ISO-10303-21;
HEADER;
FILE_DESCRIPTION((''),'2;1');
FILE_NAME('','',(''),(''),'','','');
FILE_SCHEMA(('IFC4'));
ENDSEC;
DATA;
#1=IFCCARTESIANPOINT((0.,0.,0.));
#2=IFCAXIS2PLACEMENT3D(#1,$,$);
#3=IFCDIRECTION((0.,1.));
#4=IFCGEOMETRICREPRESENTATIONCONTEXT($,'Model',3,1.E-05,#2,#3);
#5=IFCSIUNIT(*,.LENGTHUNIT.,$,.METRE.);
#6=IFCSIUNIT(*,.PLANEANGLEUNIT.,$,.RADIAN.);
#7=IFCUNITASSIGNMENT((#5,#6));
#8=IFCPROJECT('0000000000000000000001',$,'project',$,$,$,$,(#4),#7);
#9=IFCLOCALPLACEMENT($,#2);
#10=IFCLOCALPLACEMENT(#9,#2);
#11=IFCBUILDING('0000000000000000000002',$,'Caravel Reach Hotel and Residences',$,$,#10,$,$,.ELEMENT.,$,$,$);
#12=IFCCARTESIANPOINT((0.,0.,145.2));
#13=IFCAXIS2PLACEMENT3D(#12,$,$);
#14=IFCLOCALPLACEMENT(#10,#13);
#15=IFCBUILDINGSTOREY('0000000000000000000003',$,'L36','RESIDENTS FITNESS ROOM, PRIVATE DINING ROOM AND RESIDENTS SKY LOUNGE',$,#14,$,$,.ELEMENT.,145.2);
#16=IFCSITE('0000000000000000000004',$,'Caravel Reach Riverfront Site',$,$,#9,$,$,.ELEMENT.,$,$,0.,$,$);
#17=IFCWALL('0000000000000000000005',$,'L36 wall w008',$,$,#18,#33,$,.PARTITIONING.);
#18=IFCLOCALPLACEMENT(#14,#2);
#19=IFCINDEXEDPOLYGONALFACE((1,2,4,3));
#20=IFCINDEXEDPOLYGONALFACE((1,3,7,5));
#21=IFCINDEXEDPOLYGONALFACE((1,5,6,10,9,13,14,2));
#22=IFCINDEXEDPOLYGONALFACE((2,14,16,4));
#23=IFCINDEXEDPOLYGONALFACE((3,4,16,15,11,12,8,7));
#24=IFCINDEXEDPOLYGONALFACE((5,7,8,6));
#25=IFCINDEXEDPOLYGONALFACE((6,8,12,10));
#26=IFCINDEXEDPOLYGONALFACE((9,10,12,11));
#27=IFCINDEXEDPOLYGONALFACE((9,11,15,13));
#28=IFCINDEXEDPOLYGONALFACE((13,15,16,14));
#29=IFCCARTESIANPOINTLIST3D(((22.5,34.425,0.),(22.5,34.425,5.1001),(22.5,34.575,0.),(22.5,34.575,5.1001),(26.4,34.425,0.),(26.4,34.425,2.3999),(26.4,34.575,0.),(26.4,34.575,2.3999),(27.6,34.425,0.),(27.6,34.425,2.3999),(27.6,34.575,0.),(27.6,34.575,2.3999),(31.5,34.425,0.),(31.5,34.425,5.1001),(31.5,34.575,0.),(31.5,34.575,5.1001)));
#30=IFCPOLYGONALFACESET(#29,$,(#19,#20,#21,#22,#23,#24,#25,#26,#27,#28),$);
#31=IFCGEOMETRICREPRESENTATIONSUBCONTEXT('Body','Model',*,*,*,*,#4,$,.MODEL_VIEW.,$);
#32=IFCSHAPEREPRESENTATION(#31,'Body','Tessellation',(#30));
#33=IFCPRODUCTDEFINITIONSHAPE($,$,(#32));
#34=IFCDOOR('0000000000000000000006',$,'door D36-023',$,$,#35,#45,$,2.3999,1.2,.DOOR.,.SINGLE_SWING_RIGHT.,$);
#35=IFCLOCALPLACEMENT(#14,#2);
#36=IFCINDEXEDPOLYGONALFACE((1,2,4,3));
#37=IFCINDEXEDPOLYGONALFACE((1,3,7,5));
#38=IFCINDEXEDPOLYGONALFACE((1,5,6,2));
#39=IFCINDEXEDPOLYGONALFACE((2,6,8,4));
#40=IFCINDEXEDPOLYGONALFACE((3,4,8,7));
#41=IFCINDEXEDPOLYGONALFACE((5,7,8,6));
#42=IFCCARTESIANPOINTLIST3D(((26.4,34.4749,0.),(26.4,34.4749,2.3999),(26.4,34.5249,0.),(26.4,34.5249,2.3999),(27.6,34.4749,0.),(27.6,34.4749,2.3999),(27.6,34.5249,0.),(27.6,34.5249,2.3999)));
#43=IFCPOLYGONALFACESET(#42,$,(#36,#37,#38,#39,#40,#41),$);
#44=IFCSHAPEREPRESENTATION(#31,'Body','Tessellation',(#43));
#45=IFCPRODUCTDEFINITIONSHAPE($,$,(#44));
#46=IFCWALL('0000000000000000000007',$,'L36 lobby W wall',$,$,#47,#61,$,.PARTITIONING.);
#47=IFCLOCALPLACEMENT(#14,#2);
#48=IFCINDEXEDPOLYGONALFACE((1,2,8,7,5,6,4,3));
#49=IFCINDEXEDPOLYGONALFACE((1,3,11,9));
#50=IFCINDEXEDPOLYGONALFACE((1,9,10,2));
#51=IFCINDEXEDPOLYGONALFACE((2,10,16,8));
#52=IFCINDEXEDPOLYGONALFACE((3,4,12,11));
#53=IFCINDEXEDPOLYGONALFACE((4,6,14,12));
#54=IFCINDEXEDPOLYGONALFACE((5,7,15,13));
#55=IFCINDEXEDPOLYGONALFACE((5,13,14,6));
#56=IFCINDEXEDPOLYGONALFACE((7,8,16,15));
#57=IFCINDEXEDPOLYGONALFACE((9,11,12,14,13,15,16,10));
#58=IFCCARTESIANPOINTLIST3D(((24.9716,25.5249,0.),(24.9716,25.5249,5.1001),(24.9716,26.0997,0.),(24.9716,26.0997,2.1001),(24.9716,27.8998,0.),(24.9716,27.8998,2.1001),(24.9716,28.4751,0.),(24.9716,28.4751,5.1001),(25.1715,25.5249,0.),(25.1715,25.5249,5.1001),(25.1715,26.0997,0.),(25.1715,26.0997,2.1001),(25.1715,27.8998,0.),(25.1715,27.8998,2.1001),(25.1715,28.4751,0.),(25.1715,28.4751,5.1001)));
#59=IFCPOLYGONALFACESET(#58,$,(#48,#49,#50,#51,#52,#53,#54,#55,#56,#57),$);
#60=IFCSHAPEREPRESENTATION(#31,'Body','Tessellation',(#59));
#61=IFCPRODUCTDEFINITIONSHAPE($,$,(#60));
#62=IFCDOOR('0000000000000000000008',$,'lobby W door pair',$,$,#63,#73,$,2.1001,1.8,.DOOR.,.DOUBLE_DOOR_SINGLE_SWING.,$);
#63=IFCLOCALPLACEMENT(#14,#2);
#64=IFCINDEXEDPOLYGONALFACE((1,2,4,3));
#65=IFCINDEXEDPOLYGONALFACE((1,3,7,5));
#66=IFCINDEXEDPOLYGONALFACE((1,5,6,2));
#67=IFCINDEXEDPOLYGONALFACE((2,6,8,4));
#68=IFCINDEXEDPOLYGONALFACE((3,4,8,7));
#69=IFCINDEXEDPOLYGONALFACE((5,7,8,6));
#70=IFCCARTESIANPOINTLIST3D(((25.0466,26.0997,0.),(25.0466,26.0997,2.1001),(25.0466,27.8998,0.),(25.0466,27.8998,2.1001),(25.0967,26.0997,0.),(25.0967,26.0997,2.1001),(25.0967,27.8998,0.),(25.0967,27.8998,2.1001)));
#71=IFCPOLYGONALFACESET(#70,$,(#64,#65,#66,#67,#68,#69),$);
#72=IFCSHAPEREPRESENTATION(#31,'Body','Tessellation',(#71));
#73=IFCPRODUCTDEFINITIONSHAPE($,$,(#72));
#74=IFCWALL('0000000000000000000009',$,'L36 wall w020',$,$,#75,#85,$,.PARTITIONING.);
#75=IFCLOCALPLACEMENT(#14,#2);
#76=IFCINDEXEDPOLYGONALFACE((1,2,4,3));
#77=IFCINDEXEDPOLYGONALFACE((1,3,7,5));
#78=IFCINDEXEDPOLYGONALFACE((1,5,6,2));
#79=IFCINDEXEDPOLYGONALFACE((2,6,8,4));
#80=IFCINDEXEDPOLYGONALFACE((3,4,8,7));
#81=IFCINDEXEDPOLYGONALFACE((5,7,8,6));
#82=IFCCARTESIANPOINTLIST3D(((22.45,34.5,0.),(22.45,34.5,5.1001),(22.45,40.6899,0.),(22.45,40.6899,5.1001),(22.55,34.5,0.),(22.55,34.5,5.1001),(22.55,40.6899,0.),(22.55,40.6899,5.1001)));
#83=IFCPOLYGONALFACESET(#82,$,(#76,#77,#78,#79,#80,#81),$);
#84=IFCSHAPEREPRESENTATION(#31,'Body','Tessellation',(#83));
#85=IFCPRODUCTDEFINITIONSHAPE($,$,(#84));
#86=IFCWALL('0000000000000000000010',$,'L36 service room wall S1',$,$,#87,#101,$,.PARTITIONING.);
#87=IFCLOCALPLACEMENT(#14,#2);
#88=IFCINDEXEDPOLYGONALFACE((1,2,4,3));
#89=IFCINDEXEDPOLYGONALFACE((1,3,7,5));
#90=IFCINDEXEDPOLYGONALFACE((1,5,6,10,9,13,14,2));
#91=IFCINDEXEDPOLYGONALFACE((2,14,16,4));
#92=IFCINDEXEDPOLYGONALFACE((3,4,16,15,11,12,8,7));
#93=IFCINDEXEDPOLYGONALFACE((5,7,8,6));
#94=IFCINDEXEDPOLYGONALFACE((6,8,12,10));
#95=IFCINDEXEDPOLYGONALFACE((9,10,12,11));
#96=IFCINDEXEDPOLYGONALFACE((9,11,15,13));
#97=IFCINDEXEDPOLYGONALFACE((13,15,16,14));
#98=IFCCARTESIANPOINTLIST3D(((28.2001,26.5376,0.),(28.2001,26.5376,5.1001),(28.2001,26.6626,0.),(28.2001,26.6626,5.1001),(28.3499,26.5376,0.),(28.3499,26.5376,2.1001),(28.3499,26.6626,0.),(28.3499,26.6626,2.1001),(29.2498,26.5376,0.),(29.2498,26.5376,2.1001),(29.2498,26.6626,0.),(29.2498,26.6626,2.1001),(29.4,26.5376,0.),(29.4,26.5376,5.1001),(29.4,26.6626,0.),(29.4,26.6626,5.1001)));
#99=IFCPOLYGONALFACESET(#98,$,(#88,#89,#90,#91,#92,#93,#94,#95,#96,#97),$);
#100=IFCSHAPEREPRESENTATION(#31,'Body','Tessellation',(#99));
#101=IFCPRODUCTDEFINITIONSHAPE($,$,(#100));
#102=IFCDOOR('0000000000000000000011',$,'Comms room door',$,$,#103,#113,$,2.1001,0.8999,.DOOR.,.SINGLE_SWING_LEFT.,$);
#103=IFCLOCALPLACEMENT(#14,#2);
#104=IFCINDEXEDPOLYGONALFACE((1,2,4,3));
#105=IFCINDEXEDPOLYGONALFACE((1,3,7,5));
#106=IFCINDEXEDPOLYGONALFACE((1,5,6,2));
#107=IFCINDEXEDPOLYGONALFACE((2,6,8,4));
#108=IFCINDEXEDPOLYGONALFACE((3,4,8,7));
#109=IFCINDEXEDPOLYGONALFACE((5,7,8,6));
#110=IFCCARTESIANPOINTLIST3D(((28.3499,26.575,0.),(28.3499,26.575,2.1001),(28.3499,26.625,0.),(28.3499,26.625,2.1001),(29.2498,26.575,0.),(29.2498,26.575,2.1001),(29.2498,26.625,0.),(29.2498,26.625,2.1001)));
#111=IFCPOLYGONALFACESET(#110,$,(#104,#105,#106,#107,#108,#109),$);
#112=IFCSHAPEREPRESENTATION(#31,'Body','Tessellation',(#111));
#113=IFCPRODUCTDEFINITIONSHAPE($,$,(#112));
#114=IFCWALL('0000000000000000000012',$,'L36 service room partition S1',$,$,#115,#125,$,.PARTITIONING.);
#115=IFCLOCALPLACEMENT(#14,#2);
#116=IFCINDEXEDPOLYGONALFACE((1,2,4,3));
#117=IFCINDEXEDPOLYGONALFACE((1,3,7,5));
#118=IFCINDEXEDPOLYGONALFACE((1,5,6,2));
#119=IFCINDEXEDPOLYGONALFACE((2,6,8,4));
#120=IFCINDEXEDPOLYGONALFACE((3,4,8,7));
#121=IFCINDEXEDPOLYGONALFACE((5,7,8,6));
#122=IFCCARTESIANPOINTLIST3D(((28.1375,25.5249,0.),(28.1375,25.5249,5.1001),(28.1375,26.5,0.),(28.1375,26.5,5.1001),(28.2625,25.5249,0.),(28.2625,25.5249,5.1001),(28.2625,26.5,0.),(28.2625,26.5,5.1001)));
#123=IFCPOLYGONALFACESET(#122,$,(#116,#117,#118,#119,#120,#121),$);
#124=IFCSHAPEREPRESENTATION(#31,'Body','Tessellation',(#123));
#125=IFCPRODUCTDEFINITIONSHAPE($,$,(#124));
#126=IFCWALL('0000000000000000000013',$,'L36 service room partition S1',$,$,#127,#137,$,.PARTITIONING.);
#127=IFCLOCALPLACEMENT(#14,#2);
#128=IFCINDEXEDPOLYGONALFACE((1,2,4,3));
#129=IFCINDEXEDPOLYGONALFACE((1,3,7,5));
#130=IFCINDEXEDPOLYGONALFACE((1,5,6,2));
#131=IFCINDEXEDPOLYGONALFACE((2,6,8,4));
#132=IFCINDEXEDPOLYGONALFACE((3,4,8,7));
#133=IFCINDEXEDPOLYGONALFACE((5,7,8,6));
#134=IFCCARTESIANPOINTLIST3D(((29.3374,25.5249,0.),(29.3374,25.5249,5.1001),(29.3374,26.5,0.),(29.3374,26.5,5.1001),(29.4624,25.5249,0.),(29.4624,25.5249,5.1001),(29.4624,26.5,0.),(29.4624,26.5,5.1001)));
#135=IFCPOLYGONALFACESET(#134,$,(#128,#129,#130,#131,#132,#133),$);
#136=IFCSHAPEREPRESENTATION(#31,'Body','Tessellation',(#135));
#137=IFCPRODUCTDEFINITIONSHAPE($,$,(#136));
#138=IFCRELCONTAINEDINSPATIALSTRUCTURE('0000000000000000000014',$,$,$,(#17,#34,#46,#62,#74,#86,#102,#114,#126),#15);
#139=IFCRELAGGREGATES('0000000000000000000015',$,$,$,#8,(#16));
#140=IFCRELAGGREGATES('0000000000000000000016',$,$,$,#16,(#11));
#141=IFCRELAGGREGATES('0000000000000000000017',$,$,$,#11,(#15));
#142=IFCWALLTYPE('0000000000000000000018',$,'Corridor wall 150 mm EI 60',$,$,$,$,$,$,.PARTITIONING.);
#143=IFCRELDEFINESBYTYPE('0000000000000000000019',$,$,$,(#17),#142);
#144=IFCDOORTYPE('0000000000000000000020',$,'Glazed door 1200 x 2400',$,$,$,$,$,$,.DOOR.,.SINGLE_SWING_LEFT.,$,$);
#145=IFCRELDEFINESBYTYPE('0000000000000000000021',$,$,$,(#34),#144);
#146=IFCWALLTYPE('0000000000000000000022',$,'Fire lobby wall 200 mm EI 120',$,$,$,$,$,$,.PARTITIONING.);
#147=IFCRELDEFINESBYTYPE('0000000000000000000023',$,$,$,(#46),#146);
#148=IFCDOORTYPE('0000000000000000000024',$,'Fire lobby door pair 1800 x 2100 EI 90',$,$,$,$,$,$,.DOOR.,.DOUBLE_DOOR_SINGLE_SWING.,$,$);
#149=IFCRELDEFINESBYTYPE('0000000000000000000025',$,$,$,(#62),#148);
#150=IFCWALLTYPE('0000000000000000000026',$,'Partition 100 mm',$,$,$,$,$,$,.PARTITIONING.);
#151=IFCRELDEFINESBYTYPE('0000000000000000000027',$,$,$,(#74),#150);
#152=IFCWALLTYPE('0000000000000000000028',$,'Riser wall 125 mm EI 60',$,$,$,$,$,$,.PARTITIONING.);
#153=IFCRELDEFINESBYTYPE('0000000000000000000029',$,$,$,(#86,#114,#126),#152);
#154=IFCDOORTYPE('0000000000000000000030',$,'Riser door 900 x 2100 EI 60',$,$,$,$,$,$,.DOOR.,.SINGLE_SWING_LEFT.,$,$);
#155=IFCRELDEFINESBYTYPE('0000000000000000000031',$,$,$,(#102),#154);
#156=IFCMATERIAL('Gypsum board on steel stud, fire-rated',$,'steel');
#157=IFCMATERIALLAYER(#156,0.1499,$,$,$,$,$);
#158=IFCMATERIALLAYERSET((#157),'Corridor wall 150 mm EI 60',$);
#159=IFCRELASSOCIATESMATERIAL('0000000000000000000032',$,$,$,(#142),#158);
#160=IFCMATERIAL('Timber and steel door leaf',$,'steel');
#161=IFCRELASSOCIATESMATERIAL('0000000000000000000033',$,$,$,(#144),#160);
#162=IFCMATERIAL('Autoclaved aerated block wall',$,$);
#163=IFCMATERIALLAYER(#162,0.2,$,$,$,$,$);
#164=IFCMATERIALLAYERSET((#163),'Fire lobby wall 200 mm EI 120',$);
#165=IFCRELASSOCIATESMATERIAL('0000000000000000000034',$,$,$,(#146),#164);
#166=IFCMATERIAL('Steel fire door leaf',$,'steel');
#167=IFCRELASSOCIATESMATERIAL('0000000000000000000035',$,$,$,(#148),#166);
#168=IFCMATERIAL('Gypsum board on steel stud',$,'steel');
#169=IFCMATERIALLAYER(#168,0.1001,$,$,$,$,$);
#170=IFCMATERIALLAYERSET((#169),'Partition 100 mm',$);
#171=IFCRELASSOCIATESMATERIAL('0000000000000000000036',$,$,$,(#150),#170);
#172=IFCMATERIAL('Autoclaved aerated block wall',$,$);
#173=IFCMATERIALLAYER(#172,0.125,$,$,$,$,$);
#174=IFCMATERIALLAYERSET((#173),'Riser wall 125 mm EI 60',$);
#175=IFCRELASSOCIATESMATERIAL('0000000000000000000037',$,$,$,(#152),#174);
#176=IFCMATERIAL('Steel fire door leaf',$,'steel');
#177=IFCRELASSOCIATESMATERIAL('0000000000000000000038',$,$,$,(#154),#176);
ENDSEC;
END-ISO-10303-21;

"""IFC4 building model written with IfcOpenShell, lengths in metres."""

from ifc_helpers import new_model, si_unit, direction, frame, frame_2d, origin, place, context, subcontext, project, spatial, rectangle, extrude, material, layer, layer_set, type_object, element, fill, save


model = new_model("IFC4")

# Units and contexts
model_context = context("Model", 3, precision=1e-05, world=origin(), true_north=direction((0.0, 1.0)))
body_context = subcontext(model_context, "Body", "Model", "MODEL_VIEW")
ifc_project = project(units=[si_unit("LENGTHUNIT", "METRE"), si_unit("PLANEANGLEUNIT", "RADIAN")], contexts=[model_context])

# Site, building, storey
site_placement = place(None, origin())
site = spatial("IfcSite", under=ifc_project, at=site_placement, Name="Caravel Reach Riverfront Site", CompositionType="ELEMENT", RefElevation=0.0)
building_placement = place(site_placement, origin())
building = spatial("IfcBuilding", under=site, at=building_placement, Name="Caravel Reach Hotel and Residences", CompositionType="ELEMENT")
storey_placement = place(building_placement, frame((0.0, 0.0, 145.2)))
storey = spatial("IfcBuildingStorey", under=building, at=storey_placement, Name="L36", Description="RESIDENTS FITNESS ROOM, PRIVATE DINING ROOM AND RESIDENTS SKY LOUNGE", CompositionType="ELEMENT", Elevation=145.2)

# Walls, openings, doors
ifc_material_1 = material(Name="Gypsum board on steel stud, fire-rated", Category="steel")
ifc_layer_1 = layer(ifc_material_1, 0.1499)
ifc_layer_set_1 = layer_set([ifc_layer_1], Name="Corridor wall 150 mm EI 60")
wall_type_1 = type_object("IfcWallType", Name="Corridor wall 150 mm EI 60", PredefinedType="PARTITIONING", material=ifc_layer_set_1)
wall_1_placement = place(storey_placement, frame((22.5, 34.5, 0.0), z_axis=(0.0, 0.0, 1.0), x_axis=(1.0, 0.0, 0.0)))
wall_1 = element("IfcWall", 1, at=wall_1_placement, inside=storey, type_object=wall_type_1, Name="L36 wall w008", PredefinedType="PARTITIONING", context=body_context, shape_type="SweptSolid", body=[
    extrude(rectangle(XDim=9.0, YDim=0.1499, at=frame_2d((4.5, 0.0))), origin(), (0.0, 0.0, 1.0), 5.1001),
])
opening_1_placement = place(wall_1_placement, frame((3.8999, 0.0, 0.0)))
opening_1 = element("IfcOpeningElement", 2, at=opening_1_placement, cuts=wall_1, PredefinedType="OPENING", context=body_context, shape_type="SweptSolid", body=[
    extrude(rectangle(XDim=1.2, YDim=2.3999, at=frame_2d((0.6001, 1.2))), frame((0.0, 0.085, 0.0), z_axis=(0.0, -1.0, 0.0), x_axis=(1.0, 0.0, 0.0)), (0.0, 0.0, 1.0), 0.1699),
])
ifc_material_2 = material(Name="Timber and steel door leaf", Category="steel")
door_type_1 = type_object("IfcDoorType", Name="Glazed door 1200 x 2400", OperationType="SINGLE_SWING_LEFT", PredefinedType="DOOR", material=ifc_material_2)
door_1_placement = place(opening_1_placement, origin())
door_1 = element("IfcDoor", 3, at=door_1_placement, inside=storey, type_object=door_type_1, Name="door D36-023", OperationType="SINGLE_SWING_RIGHT", OverallHeight=2.3999, OverallWidth=1.2, PredefinedType="DOOR", context=body_context, shape_type="SweptSolid", body=[
    extrude(rectangle(XDim=1.2, YDim=2.3999, at=frame_2d((0.6001, 1.2))), frame((0.0, 0.0249, 0.0), z_axis=(0.0, -1.0, 0.0), x_axis=(1.0, 0.0, 0.0)), (0.0, 0.0, 1.0), 0.05),
])
fill(opening_1, door_1)
ifc_material_3 = material(Name="Autoclaved aerated block wall")
ifc_layer_2 = layer(ifc_material_3, 0.2)
ifc_layer_set_2 = layer_set([ifc_layer_2], Name="Fire lobby wall 200 mm EI 120")
wall_type_2 = type_object("IfcWallType", Name="Fire lobby wall 200 mm EI 120", PredefinedType="PARTITIONING", material=ifc_layer_set_2)
wall_2_placement = place(storey_placement, frame((25.0715, 25.5249, 0.0), z_axis=(0.0, 0.0, 1.0), x_axis=(0.0, 1.0, 0.0)))
wall_2 = element("IfcWall", 4, at=wall_2_placement, inside=storey, type_object=wall_type_2, Name="L36 lobby W wall", PredefinedType="PARTITIONING", context=body_context, shape_type="SweptSolid", body=[
    extrude(rectangle(XDim=2.9502, YDim=0.2, at=frame_2d((1.4751, 0.0))), origin(), (0.0, 0.0, 1.0), 5.1001),
])
opening_2_placement = place(wall_2_placement, frame((0.575, 0.0, 0.0)))
opening_2 = element("IfcOpeningElement", 5, at=opening_2_placement, cuts=wall_2, PredefinedType="OPENING", context=body_context, shape_type="SweptSolid", body=[
    extrude(rectangle(XDim=1.8, YDim=2.1001, at=frame_2d((0.8999, 1.05))), frame((0.0, 0.1099, 0.0), z_axis=(0.0, -1.0, 0.0), x_axis=(1.0, 0.0, 0.0)), (0.0, 0.0, 1.0), 0.22),
])
ifc_material_4 = material(Name="Steel fire door leaf", Category="steel")
door_type_2 = type_object("IfcDoorType", Name="Fire lobby door pair 1800 x 2100 EI 90", OperationType="DOUBLE_DOOR_SINGLE_SWING", PredefinedType="DOOR", material=ifc_material_4)
door_2_placement = place(opening_2_placement, origin())
door_2 = element("IfcDoor", 6, at=door_2_placement, inside=storey, type_object=door_type_2, Name="lobby W door pair", OperationType="DOUBLE_DOOR_SINGLE_SWING", OverallHeight=2.1001, OverallWidth=1.8, PredefinedType="DOOR", context=body_context, shape_type="SweptSolid", body=[
    extrude(rectangle(XDim=1.8, YDim=2.1001, at=frame_2d((0.8999, 1.05))), frame((0.0, 0.0249, 0.0), z_axis=(0.0, -1.0, 0.0), x_axis=(1.0, 0.0, 0.0)), (0.0, 0.0, 1.0), 0.05),
])
fill(opening_2, door_2)

# Wall
ifc_material_5 = material(Name="Gypsum board on steel stud", Category="steel")
ifc_layer_3 = layer(ifc_material_5, 0.1001)
ifc_layer_set_3 = layer_set([ifc_layer_3], Name="Partition 100 mm")
wall_type_3 = type_object("IfcWallType", Name="Partition 100 mm", PredefinedType="PARTITIONING", material=ifc_layer_set_3)
wall_3_placement = place(storey_placement, frame((22.5, 34.5, 0.0), z_axis=(0.0, 0.0, 1.0), x_axis=(0.0, 1.0, 0.0)))
element("IfcWall", 7, at=wall_3_placement, inside=storey, type_object=wall_type_3, Name="L36 wall w020", PredefinedType="PARTITIONING", context=body_context, shape_type="SweptSolid", body=[
    extrude(rectangle(XDim=6.1899, YDim=0.1001, at=frame_2d((3.095, 0.0))), origin(), (0.0, 0.0, 1.0), 5.1001),
])

# Wall, opening, door
ifc_material_6 = material(Name="Autoclaved aerated block wall")
ifc_layer_4 = layer(ifc_material_6, 0.125)
ifc_layer_set_4 = layer_set([ifc_layer_4], Name="Riser wall 125 mm EI 60")
wall_type_4 = type_object("IfcWallType", Name="Riser wall 125 mm EI 60", PredefinedType="PARTITIONING", material=ifc_layer_set_4)
wall_4_placement = place(storey_placement, frame((28.2, 26.6001, 0.0), z_axis=(0.0, 0.0, 1.0), x_axis=(1.0, 0.0, 0.0)))
wall_4 = element("IfcWall", 8, at=wall_4_placement, inside=storey, type_object=wall_type_4, Name="L36 service room wall S1", PredefinedType="PARTITIONING", context=body_context, shape_type="SweptSolid", body=[
    extrude(rectangle(XDim=1.2, YDim=0.125, at=frame_2d((0.6001, 0.0))), origin(), (0.0, 0.0, 1.0), 5.1001),
])
opening_3_placement = place(wall_4_placement, frame((0.1499, 0.0, 0.0)))
opening_3 = element("IfcOpeningElement", 9, at=opening_3_placement, cuts=wall_4, PredefinedType="OPENING", context=body_context, shape_type="SweptSolid", body=[
    extrude(rectangle(XDim=0.8999, YDim=2.1001, at=frame_2d((0.45, 1.05))), frame((0.0, 0.0725, 0.0), z_axis=(0.0, -1.0, 0.0), x_axis=(1.0, 0.0, 0.0)), (0.0, 0.0, 1.0), 0.145),
])
ifc_material_7 = material(Name="Steel fire door leaf", Category="steel")
door_type_3 = type_object("IfcDoorType", Name="Riser door 900 x 2100 EI 60", OperationType="SINGLE_SWING_LEFT", PredefinedType="DOOR", material=ifc_material_7)
door_3_placement = place(opening_3_placement, origin())
door_3 = element("IfcDoor", 10, at=door_3_placement, inside=storey, type_object=door_type_3, Name="Comms room door", OperationType="SINGLE_SWING_LEFT", OverallHeight=2.1001, OverallWidth=0.8999, PredefinedType="DOOR", context=body_context, shape_type="SweptSolid", body=[
    extrude(rectangle(XDim=0.8999, YDim=2.1001, at=frame_2d((0.45, 1.05))), frame((0.0, 0.0249, 0.0), z_axis=(0.0, -1.0, 0.0), x_axis=(1.0, 0.0, 0.0)), (0.0, 0.0, 1.0), 0.05),
])
fill(opening_3, door_3)

# Walls
for number, where, z_axis, x_axis, name in (
    (11, (28.2, 25.5249, 0.0), (0.0, 0.0, 1.0), (0.0, 1.0, 0.0), "L36 service room partition S1"),
    (12, (29.3999, 25.5249, 0.0), (0.0, 0.0, 1.0), (0.0, 1.0, 0.0), "L36 service room partition S1"),
):
    element("IfcWall", number, at=place(storey_placement, frame(where, z_axis=z_axis, x_axis=x_axis)), inside=storey, type_object=wall_type_4, Name=name, PredefinedType="PARTITIONING", context=body_context, shape_type="SweptSolid", body=[
        extrude(rectangle(XDim=0.9751, YDim=0.125, at=frame_2d((0.4875, 0.0))), origin(), (0.0, 0.0, 1.0), 5.1001),
    ])

save(model, "model.ifc")
